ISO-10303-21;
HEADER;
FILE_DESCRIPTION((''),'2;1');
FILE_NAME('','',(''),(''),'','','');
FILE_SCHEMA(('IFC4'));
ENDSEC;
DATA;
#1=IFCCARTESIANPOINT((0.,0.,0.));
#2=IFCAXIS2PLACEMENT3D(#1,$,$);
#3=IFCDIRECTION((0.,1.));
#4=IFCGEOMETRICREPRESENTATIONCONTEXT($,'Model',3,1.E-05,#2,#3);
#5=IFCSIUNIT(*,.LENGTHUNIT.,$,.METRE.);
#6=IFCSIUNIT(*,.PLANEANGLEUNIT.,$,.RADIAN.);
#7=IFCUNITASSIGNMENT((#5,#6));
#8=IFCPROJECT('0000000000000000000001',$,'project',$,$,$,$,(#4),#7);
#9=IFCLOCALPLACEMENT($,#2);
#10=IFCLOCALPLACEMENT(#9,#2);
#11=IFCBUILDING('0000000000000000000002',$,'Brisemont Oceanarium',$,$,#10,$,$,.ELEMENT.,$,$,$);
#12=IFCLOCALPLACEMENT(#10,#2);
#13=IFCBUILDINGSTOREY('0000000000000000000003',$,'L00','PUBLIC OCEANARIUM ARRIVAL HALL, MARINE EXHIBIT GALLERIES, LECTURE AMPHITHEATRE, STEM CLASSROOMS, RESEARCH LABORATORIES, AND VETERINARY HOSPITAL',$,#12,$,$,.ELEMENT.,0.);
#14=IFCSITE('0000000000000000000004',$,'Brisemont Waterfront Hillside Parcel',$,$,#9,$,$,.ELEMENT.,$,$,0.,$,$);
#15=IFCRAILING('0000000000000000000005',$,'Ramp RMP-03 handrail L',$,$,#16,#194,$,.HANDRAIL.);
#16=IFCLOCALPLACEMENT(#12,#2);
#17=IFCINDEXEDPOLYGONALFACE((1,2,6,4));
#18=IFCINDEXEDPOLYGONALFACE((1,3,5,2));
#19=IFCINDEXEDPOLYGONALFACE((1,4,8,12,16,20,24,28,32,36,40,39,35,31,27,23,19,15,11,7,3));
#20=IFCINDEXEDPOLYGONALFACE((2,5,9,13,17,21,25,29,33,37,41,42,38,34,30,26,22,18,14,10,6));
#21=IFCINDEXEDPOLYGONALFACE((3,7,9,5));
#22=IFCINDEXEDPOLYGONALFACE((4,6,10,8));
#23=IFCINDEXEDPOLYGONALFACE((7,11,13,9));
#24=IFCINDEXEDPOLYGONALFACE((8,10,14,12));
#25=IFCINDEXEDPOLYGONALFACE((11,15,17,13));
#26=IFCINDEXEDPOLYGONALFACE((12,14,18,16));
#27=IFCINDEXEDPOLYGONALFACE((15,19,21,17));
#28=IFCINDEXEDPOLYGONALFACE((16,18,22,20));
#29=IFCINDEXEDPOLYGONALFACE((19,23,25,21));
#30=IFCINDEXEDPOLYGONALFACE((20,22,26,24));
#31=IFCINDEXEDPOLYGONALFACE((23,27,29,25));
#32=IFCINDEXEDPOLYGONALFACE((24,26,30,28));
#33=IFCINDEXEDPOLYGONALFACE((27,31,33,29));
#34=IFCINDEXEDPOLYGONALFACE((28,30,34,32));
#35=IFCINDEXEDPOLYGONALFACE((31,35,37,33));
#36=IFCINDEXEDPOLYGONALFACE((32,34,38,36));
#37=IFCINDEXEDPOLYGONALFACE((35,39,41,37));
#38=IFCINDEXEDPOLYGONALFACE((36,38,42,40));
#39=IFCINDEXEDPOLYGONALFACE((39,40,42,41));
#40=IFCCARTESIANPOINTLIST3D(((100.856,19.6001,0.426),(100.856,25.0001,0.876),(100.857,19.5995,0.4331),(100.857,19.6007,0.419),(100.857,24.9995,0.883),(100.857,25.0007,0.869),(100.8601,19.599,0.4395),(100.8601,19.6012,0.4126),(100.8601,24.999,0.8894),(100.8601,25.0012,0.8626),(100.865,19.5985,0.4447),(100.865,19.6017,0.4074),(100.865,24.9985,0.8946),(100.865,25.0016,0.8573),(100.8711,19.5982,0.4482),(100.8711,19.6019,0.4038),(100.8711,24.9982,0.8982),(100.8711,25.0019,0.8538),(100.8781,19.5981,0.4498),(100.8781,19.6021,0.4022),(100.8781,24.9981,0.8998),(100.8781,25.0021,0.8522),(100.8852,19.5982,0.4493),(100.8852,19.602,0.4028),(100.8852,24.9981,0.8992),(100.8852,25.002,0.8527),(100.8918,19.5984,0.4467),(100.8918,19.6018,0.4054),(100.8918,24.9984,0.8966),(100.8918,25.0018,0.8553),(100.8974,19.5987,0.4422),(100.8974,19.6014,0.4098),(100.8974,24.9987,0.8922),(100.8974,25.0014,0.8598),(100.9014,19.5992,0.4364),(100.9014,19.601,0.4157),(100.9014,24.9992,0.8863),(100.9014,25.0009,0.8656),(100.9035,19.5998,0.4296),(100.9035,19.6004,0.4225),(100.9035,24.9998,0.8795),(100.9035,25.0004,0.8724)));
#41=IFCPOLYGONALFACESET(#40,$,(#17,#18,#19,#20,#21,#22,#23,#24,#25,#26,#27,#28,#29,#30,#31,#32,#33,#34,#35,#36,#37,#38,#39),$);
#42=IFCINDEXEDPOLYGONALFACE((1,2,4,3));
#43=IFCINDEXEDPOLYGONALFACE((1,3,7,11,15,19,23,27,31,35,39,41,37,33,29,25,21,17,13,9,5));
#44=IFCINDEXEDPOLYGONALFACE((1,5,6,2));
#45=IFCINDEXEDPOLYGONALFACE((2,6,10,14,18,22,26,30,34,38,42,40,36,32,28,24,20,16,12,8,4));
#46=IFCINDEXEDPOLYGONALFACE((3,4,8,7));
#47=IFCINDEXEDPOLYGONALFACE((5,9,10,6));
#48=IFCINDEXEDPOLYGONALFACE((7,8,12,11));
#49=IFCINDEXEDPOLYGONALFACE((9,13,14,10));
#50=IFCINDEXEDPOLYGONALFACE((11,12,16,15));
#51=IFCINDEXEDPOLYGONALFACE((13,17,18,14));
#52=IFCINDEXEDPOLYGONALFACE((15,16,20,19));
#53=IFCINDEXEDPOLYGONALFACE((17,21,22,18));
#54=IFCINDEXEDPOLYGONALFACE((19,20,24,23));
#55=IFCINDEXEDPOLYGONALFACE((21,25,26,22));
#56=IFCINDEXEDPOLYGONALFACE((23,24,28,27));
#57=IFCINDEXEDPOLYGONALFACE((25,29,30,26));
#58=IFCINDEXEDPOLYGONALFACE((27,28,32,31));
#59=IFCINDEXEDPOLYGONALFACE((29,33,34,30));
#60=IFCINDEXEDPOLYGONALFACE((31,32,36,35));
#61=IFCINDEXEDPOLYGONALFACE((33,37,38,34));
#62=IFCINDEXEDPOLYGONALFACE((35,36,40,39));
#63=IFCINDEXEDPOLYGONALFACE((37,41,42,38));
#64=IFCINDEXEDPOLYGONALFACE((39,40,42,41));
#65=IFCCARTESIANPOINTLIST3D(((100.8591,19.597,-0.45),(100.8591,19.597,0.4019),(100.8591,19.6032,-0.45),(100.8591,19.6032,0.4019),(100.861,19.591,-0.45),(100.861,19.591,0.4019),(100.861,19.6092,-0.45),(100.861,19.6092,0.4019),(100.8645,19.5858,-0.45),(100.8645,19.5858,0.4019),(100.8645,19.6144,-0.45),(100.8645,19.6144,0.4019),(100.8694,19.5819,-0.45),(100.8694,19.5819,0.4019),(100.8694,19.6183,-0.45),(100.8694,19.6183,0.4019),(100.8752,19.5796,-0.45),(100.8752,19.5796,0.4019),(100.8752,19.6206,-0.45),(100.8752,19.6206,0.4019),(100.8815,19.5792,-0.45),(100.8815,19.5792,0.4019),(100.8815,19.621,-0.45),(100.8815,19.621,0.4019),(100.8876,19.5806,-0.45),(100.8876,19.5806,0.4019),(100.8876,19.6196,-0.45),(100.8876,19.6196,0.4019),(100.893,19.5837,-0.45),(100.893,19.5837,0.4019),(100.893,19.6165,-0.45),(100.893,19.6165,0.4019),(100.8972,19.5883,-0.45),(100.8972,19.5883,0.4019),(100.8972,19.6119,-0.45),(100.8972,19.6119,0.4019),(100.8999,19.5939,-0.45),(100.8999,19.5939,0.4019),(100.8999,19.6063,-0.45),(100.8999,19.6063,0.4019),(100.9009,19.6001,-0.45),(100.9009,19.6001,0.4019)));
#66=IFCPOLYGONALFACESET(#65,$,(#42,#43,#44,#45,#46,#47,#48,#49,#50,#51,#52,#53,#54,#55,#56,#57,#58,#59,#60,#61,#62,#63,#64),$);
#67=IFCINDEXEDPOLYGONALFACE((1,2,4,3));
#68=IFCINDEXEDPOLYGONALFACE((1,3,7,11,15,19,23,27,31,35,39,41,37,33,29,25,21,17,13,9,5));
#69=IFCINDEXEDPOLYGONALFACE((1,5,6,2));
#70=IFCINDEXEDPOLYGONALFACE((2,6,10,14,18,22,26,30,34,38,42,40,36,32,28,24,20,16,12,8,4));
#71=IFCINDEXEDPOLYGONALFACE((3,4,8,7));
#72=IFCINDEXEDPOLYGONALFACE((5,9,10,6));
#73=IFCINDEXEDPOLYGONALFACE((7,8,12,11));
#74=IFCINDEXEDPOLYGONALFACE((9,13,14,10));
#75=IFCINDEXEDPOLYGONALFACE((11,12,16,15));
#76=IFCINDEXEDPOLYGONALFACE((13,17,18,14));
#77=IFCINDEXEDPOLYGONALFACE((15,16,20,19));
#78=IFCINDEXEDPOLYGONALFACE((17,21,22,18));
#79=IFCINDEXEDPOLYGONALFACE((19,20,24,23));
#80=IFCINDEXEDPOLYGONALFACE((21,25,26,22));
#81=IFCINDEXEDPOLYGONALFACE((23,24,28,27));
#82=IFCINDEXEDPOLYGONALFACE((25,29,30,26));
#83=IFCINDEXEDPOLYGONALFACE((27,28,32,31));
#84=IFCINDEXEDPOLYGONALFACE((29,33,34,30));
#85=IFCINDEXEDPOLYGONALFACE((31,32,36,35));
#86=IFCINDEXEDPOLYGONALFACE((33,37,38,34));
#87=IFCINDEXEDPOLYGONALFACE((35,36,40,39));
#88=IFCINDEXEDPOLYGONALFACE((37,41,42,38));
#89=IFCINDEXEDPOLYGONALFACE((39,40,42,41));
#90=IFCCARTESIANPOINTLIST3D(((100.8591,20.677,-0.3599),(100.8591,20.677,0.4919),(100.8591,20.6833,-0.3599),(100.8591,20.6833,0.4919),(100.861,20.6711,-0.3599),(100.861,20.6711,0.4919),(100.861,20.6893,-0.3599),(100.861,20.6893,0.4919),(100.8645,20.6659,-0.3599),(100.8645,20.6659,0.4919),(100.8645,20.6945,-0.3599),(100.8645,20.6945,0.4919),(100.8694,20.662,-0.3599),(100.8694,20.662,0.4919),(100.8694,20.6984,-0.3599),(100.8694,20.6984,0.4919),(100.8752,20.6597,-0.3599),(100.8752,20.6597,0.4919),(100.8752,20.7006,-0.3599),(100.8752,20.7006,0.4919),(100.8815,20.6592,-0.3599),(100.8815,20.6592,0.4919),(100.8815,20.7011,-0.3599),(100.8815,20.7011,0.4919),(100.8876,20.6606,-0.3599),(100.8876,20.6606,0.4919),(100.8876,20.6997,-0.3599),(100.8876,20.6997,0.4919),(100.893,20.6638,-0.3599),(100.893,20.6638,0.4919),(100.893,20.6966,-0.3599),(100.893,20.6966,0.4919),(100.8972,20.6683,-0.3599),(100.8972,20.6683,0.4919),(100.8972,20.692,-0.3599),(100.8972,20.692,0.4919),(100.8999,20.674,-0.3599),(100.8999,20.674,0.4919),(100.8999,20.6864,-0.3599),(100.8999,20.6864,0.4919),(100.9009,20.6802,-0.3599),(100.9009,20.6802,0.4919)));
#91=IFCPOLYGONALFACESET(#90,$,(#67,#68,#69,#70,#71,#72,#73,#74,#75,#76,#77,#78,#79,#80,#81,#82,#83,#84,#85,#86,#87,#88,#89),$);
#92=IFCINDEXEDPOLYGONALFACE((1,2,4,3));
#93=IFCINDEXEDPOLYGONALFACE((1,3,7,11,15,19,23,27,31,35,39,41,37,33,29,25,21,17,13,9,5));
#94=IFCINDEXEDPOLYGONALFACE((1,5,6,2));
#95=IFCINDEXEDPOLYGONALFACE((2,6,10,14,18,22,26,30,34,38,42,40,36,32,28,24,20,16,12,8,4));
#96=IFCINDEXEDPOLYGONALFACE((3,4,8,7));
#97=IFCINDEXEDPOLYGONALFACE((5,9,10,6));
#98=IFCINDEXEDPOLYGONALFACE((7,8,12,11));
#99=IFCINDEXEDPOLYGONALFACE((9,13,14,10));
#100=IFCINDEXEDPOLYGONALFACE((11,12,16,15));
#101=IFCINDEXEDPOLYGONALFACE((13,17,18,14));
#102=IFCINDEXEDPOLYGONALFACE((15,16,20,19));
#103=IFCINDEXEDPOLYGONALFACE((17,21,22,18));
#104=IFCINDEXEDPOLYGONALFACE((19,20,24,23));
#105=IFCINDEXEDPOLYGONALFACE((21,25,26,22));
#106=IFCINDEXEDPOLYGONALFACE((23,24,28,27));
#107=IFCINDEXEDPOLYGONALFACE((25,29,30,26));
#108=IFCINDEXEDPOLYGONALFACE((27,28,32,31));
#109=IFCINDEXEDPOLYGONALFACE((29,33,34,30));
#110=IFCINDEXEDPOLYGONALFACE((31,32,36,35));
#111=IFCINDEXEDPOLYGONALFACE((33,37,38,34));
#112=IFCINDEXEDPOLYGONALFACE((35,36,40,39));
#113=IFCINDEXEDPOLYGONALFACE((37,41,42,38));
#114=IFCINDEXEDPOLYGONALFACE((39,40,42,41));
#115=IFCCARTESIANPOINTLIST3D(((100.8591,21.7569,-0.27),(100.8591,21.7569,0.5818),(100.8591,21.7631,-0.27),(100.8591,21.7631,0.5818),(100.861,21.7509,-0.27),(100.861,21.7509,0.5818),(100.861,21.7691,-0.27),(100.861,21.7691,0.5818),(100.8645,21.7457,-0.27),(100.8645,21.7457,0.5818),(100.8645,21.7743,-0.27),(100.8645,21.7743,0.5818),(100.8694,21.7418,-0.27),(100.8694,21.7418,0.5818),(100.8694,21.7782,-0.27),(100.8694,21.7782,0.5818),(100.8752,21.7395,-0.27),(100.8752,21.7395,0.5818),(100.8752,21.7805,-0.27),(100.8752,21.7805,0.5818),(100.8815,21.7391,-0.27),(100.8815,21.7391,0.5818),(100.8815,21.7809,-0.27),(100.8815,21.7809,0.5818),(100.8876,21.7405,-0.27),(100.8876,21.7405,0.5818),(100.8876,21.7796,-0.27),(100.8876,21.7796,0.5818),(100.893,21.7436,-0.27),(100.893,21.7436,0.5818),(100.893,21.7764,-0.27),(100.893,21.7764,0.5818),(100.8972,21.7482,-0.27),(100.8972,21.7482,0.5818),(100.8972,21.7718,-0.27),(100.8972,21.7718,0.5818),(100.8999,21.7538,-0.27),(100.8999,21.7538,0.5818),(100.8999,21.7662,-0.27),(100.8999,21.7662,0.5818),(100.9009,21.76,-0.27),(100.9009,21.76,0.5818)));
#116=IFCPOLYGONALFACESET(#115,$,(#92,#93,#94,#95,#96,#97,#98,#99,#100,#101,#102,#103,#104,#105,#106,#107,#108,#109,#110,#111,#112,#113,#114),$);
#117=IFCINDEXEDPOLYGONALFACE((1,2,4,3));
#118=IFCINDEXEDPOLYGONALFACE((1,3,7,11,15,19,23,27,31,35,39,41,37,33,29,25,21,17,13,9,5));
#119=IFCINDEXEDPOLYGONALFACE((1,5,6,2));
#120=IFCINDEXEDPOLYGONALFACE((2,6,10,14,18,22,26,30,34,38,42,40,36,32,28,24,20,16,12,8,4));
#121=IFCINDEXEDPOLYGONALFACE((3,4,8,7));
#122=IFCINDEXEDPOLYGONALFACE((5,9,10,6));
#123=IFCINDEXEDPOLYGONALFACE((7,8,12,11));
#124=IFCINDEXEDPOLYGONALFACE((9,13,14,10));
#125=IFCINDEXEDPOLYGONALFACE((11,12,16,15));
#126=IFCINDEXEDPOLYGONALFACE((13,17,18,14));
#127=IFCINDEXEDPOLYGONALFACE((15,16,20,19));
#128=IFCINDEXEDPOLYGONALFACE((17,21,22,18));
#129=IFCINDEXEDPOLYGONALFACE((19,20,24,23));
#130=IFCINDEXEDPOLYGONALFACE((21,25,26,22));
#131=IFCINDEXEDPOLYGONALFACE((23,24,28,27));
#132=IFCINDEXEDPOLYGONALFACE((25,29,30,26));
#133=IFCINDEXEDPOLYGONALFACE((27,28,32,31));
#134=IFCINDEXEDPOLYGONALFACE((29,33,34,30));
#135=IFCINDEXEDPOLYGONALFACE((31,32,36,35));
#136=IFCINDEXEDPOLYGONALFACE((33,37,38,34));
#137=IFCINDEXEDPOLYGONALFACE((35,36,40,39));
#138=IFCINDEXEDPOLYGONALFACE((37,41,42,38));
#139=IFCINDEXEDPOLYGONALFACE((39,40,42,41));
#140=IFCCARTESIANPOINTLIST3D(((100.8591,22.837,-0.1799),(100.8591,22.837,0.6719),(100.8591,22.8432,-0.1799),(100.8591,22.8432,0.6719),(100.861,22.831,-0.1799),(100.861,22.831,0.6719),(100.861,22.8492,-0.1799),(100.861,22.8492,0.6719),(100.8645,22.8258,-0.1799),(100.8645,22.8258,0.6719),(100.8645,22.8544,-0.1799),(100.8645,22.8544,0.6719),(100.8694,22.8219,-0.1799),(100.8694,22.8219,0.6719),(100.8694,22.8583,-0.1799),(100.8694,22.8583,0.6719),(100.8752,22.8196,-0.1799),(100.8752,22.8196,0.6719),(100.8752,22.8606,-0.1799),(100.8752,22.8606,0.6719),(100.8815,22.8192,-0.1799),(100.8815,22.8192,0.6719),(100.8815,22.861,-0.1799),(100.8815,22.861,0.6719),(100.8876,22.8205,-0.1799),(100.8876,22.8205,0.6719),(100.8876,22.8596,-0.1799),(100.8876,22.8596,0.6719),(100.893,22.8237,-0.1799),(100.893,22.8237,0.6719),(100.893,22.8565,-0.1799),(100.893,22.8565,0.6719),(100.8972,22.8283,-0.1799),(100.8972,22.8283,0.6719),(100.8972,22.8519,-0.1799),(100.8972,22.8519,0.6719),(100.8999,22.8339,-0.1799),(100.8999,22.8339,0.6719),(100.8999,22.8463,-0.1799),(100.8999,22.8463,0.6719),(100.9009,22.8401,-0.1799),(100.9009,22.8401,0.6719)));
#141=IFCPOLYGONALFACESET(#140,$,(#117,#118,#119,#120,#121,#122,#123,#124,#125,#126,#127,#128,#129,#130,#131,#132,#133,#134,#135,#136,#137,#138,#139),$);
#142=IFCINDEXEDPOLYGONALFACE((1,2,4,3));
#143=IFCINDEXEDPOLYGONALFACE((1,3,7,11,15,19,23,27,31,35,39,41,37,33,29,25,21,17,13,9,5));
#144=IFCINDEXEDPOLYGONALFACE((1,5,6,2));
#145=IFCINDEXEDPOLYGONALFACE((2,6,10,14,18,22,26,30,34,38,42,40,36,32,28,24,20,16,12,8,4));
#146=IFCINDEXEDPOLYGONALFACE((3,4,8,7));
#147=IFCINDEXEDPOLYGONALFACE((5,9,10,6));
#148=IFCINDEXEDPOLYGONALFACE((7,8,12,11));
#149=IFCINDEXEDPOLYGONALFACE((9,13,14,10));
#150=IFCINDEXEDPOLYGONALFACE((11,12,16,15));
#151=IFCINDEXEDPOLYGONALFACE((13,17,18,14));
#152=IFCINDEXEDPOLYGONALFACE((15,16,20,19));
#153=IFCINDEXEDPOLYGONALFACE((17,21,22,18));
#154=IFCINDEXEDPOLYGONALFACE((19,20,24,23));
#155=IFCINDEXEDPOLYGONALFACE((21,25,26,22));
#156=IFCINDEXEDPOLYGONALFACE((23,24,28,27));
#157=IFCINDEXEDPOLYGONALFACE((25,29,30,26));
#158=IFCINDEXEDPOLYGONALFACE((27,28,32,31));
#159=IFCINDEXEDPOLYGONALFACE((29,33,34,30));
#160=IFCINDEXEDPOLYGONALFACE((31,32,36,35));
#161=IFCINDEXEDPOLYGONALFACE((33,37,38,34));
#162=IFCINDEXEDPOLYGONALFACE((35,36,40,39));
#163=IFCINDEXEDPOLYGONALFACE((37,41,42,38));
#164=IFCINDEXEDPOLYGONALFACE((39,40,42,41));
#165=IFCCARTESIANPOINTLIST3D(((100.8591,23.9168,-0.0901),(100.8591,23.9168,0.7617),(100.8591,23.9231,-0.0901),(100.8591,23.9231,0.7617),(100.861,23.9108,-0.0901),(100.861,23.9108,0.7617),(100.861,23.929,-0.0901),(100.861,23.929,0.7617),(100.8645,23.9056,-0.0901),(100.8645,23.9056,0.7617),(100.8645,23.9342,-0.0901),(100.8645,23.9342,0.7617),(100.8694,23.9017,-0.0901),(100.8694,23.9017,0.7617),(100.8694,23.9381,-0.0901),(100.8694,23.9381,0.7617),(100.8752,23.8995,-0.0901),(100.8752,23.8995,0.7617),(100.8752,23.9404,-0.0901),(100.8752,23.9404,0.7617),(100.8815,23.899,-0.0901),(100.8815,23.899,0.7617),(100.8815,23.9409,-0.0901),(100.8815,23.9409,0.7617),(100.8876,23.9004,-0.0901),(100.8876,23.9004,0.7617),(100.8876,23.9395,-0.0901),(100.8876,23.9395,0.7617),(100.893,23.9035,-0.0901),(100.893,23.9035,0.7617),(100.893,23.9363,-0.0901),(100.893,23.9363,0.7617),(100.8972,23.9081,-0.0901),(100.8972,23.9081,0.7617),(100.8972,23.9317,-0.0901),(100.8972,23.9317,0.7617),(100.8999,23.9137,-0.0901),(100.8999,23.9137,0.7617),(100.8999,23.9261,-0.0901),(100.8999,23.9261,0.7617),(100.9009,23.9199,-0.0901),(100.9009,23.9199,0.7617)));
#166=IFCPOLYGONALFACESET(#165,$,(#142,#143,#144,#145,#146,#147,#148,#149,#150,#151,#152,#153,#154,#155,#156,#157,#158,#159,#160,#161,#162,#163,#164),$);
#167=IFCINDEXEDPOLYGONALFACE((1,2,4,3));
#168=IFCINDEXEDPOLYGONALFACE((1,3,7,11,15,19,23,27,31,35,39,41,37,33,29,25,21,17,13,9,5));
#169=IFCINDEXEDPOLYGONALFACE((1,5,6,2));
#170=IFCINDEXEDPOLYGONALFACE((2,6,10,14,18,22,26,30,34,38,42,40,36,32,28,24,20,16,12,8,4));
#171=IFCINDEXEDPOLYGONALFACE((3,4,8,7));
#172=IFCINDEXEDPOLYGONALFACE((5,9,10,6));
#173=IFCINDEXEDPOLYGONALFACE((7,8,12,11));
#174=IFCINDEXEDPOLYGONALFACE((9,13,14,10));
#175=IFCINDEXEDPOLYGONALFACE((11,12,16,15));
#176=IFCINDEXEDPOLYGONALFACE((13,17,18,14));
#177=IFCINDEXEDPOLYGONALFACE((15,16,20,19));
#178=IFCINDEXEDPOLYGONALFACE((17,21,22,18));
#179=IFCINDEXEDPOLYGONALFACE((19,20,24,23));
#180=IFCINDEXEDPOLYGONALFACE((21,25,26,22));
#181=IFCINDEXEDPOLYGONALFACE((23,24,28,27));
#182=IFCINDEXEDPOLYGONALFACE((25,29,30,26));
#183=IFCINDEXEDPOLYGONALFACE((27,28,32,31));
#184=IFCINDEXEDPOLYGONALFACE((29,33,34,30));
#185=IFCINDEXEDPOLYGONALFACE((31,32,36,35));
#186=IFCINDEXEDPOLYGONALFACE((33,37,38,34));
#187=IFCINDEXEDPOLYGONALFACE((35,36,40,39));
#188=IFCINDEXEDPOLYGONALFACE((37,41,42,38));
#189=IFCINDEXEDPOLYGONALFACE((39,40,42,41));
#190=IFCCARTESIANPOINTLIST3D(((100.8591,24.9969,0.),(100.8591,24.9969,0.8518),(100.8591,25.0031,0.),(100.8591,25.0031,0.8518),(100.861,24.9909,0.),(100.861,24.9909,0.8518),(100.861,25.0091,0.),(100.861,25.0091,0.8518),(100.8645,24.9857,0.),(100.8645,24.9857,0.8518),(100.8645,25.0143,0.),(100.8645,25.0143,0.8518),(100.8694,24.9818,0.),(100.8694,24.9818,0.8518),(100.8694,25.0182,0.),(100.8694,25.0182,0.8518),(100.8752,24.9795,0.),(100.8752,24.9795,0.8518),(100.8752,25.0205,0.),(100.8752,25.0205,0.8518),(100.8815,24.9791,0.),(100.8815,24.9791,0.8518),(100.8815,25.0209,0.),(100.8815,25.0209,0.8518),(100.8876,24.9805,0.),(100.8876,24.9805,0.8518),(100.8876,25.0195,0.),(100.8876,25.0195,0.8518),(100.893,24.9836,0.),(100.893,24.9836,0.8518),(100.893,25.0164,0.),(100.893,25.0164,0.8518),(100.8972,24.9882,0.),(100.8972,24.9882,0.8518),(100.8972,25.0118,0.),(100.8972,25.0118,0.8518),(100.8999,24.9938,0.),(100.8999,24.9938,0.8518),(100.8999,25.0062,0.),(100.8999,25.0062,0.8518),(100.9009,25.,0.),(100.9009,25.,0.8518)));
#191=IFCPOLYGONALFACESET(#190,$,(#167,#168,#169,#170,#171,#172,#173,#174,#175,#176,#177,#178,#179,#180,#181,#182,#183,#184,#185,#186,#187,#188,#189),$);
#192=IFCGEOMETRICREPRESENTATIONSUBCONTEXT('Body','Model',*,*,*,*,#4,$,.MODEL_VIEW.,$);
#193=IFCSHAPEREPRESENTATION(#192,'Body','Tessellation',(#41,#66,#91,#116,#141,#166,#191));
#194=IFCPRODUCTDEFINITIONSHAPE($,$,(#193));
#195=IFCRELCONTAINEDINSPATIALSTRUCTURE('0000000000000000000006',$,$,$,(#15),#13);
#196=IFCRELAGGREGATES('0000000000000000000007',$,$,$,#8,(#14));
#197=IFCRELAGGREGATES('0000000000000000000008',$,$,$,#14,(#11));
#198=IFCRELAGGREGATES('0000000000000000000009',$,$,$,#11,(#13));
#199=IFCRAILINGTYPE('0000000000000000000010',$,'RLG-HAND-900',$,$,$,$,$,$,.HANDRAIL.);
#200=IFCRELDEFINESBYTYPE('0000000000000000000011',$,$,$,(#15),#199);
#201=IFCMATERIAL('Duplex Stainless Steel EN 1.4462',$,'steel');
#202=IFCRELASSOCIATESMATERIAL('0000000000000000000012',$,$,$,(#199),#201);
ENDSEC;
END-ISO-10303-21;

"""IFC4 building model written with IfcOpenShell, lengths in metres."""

from ifc_helpers import new_model, si_unit, direction, frame, origin, origin_2d, place, context, subcontext, project, spatial, circle, extrude, material, type_object, element, save


model = new_model("IFC4")

# Units and contexts
model_context = context("Model", 3, precision=1e-05, world=origin(), true_north=direction((0.0, 1.0)))
body_context = subcontext(model_context, "Body", "Model", "MODEL_VIEW")
ifc_project = project(units=[si_unit("LENGTHUNIT", "METRE"), si_unit("PLANEANGLEUNIT", "RADIAN")], contexts=[model_context])

# Site, building, storey
site_placement = place(None, origin())
site = spatial("IfcSite", under=ifc_project, at=site_placement, Name="Brisemont Waterfront Hillside Parcel", CompositionType="ELEMENT", RefElevation=0.0)
building_placement = place(site_placement, origin())
building = spatial("IfcBuilding", under=site, at=building_placement, Name="Brisemont Oceanarium", CompositionType="ELEMENT")
storey_placement = place(building_placement, origin())
storey = spatial("IfcBuildingStorey", under=building, at=storey_placement, Name="L00", Description="PUBLIC OCEANARIUM ARRIVAL HALL, MARINE EXHIBIT GALLERIES, LECTURE AMPHITHEATRE, STEM CLASSROOMS, RESEARCH LABORATORIES, AND VETERINARY HOSPITAL", CompositionType="ELEMENT", Elevation=0.0)

# Railing
ifc_material_1 = material(Name="Duplex Stainless Steel EN 1.4462", Category="steel")
railing_type = type_object("IfcRailingType", Name="RLG-HAND-900", PredefinedType="HANDRAIL", material=ifc_material_1)
railing_placement = place(storey_placement, frame((100.8799, 19.6001, -0.45)))
element("IfcRailing", 1, at=railing_placement, inside=storey, type_object=railing_type, Name="Ramp RMP-03 handrail L", PredefinedType="HANDRAIL", context=body_context, shape_type="SweptSolid", body=[
    extrude(circle(Radius=0.0239, at=origin_2d()), frame((0.0, 0.0, 0.876), z_axis=(0.0, 0.996546, 0.083038), x_axis=(-1.0, 0.0, 0.0)), (0.0, 0.0, 1.0), 5.4187),
    extrude(circle(Radius=0.021, at=origin_2d()), origin(), (0.0, 0.0, 1.0), 0.8518),
    extrude(circle(Radius=0.021, at=origin_2d()), frame((0.0, 1.0801, 0.0901)), (0.0, 0.0, 1.0), 0.8518),
    extrude(circle(Radius=0.021, at=origin_2d()), frame((0.0, 2.1599, 0.1799)), (0.0, 0.0, 1.0), 0.8518),
    extrude(circle(Radius=0.021, at=origin_2d()), frame((0.0, 3.24, 0.27)), (0.0, 0.0, 1.0), 0.8518),
    extrude(circle(Radius=0.021, at=origin_2d()), frame((0.0, 4.3198, 0.3599)), (0.0, 0.0, 1.0), 0.8518),
    extrude(circle(Radius=0.021, at=origin_2d()), frame((0.0, 5.3999, 0.45)), (0.0, 0.0, 1.0), 0.8518),
])

save(model, "model.ifc")
